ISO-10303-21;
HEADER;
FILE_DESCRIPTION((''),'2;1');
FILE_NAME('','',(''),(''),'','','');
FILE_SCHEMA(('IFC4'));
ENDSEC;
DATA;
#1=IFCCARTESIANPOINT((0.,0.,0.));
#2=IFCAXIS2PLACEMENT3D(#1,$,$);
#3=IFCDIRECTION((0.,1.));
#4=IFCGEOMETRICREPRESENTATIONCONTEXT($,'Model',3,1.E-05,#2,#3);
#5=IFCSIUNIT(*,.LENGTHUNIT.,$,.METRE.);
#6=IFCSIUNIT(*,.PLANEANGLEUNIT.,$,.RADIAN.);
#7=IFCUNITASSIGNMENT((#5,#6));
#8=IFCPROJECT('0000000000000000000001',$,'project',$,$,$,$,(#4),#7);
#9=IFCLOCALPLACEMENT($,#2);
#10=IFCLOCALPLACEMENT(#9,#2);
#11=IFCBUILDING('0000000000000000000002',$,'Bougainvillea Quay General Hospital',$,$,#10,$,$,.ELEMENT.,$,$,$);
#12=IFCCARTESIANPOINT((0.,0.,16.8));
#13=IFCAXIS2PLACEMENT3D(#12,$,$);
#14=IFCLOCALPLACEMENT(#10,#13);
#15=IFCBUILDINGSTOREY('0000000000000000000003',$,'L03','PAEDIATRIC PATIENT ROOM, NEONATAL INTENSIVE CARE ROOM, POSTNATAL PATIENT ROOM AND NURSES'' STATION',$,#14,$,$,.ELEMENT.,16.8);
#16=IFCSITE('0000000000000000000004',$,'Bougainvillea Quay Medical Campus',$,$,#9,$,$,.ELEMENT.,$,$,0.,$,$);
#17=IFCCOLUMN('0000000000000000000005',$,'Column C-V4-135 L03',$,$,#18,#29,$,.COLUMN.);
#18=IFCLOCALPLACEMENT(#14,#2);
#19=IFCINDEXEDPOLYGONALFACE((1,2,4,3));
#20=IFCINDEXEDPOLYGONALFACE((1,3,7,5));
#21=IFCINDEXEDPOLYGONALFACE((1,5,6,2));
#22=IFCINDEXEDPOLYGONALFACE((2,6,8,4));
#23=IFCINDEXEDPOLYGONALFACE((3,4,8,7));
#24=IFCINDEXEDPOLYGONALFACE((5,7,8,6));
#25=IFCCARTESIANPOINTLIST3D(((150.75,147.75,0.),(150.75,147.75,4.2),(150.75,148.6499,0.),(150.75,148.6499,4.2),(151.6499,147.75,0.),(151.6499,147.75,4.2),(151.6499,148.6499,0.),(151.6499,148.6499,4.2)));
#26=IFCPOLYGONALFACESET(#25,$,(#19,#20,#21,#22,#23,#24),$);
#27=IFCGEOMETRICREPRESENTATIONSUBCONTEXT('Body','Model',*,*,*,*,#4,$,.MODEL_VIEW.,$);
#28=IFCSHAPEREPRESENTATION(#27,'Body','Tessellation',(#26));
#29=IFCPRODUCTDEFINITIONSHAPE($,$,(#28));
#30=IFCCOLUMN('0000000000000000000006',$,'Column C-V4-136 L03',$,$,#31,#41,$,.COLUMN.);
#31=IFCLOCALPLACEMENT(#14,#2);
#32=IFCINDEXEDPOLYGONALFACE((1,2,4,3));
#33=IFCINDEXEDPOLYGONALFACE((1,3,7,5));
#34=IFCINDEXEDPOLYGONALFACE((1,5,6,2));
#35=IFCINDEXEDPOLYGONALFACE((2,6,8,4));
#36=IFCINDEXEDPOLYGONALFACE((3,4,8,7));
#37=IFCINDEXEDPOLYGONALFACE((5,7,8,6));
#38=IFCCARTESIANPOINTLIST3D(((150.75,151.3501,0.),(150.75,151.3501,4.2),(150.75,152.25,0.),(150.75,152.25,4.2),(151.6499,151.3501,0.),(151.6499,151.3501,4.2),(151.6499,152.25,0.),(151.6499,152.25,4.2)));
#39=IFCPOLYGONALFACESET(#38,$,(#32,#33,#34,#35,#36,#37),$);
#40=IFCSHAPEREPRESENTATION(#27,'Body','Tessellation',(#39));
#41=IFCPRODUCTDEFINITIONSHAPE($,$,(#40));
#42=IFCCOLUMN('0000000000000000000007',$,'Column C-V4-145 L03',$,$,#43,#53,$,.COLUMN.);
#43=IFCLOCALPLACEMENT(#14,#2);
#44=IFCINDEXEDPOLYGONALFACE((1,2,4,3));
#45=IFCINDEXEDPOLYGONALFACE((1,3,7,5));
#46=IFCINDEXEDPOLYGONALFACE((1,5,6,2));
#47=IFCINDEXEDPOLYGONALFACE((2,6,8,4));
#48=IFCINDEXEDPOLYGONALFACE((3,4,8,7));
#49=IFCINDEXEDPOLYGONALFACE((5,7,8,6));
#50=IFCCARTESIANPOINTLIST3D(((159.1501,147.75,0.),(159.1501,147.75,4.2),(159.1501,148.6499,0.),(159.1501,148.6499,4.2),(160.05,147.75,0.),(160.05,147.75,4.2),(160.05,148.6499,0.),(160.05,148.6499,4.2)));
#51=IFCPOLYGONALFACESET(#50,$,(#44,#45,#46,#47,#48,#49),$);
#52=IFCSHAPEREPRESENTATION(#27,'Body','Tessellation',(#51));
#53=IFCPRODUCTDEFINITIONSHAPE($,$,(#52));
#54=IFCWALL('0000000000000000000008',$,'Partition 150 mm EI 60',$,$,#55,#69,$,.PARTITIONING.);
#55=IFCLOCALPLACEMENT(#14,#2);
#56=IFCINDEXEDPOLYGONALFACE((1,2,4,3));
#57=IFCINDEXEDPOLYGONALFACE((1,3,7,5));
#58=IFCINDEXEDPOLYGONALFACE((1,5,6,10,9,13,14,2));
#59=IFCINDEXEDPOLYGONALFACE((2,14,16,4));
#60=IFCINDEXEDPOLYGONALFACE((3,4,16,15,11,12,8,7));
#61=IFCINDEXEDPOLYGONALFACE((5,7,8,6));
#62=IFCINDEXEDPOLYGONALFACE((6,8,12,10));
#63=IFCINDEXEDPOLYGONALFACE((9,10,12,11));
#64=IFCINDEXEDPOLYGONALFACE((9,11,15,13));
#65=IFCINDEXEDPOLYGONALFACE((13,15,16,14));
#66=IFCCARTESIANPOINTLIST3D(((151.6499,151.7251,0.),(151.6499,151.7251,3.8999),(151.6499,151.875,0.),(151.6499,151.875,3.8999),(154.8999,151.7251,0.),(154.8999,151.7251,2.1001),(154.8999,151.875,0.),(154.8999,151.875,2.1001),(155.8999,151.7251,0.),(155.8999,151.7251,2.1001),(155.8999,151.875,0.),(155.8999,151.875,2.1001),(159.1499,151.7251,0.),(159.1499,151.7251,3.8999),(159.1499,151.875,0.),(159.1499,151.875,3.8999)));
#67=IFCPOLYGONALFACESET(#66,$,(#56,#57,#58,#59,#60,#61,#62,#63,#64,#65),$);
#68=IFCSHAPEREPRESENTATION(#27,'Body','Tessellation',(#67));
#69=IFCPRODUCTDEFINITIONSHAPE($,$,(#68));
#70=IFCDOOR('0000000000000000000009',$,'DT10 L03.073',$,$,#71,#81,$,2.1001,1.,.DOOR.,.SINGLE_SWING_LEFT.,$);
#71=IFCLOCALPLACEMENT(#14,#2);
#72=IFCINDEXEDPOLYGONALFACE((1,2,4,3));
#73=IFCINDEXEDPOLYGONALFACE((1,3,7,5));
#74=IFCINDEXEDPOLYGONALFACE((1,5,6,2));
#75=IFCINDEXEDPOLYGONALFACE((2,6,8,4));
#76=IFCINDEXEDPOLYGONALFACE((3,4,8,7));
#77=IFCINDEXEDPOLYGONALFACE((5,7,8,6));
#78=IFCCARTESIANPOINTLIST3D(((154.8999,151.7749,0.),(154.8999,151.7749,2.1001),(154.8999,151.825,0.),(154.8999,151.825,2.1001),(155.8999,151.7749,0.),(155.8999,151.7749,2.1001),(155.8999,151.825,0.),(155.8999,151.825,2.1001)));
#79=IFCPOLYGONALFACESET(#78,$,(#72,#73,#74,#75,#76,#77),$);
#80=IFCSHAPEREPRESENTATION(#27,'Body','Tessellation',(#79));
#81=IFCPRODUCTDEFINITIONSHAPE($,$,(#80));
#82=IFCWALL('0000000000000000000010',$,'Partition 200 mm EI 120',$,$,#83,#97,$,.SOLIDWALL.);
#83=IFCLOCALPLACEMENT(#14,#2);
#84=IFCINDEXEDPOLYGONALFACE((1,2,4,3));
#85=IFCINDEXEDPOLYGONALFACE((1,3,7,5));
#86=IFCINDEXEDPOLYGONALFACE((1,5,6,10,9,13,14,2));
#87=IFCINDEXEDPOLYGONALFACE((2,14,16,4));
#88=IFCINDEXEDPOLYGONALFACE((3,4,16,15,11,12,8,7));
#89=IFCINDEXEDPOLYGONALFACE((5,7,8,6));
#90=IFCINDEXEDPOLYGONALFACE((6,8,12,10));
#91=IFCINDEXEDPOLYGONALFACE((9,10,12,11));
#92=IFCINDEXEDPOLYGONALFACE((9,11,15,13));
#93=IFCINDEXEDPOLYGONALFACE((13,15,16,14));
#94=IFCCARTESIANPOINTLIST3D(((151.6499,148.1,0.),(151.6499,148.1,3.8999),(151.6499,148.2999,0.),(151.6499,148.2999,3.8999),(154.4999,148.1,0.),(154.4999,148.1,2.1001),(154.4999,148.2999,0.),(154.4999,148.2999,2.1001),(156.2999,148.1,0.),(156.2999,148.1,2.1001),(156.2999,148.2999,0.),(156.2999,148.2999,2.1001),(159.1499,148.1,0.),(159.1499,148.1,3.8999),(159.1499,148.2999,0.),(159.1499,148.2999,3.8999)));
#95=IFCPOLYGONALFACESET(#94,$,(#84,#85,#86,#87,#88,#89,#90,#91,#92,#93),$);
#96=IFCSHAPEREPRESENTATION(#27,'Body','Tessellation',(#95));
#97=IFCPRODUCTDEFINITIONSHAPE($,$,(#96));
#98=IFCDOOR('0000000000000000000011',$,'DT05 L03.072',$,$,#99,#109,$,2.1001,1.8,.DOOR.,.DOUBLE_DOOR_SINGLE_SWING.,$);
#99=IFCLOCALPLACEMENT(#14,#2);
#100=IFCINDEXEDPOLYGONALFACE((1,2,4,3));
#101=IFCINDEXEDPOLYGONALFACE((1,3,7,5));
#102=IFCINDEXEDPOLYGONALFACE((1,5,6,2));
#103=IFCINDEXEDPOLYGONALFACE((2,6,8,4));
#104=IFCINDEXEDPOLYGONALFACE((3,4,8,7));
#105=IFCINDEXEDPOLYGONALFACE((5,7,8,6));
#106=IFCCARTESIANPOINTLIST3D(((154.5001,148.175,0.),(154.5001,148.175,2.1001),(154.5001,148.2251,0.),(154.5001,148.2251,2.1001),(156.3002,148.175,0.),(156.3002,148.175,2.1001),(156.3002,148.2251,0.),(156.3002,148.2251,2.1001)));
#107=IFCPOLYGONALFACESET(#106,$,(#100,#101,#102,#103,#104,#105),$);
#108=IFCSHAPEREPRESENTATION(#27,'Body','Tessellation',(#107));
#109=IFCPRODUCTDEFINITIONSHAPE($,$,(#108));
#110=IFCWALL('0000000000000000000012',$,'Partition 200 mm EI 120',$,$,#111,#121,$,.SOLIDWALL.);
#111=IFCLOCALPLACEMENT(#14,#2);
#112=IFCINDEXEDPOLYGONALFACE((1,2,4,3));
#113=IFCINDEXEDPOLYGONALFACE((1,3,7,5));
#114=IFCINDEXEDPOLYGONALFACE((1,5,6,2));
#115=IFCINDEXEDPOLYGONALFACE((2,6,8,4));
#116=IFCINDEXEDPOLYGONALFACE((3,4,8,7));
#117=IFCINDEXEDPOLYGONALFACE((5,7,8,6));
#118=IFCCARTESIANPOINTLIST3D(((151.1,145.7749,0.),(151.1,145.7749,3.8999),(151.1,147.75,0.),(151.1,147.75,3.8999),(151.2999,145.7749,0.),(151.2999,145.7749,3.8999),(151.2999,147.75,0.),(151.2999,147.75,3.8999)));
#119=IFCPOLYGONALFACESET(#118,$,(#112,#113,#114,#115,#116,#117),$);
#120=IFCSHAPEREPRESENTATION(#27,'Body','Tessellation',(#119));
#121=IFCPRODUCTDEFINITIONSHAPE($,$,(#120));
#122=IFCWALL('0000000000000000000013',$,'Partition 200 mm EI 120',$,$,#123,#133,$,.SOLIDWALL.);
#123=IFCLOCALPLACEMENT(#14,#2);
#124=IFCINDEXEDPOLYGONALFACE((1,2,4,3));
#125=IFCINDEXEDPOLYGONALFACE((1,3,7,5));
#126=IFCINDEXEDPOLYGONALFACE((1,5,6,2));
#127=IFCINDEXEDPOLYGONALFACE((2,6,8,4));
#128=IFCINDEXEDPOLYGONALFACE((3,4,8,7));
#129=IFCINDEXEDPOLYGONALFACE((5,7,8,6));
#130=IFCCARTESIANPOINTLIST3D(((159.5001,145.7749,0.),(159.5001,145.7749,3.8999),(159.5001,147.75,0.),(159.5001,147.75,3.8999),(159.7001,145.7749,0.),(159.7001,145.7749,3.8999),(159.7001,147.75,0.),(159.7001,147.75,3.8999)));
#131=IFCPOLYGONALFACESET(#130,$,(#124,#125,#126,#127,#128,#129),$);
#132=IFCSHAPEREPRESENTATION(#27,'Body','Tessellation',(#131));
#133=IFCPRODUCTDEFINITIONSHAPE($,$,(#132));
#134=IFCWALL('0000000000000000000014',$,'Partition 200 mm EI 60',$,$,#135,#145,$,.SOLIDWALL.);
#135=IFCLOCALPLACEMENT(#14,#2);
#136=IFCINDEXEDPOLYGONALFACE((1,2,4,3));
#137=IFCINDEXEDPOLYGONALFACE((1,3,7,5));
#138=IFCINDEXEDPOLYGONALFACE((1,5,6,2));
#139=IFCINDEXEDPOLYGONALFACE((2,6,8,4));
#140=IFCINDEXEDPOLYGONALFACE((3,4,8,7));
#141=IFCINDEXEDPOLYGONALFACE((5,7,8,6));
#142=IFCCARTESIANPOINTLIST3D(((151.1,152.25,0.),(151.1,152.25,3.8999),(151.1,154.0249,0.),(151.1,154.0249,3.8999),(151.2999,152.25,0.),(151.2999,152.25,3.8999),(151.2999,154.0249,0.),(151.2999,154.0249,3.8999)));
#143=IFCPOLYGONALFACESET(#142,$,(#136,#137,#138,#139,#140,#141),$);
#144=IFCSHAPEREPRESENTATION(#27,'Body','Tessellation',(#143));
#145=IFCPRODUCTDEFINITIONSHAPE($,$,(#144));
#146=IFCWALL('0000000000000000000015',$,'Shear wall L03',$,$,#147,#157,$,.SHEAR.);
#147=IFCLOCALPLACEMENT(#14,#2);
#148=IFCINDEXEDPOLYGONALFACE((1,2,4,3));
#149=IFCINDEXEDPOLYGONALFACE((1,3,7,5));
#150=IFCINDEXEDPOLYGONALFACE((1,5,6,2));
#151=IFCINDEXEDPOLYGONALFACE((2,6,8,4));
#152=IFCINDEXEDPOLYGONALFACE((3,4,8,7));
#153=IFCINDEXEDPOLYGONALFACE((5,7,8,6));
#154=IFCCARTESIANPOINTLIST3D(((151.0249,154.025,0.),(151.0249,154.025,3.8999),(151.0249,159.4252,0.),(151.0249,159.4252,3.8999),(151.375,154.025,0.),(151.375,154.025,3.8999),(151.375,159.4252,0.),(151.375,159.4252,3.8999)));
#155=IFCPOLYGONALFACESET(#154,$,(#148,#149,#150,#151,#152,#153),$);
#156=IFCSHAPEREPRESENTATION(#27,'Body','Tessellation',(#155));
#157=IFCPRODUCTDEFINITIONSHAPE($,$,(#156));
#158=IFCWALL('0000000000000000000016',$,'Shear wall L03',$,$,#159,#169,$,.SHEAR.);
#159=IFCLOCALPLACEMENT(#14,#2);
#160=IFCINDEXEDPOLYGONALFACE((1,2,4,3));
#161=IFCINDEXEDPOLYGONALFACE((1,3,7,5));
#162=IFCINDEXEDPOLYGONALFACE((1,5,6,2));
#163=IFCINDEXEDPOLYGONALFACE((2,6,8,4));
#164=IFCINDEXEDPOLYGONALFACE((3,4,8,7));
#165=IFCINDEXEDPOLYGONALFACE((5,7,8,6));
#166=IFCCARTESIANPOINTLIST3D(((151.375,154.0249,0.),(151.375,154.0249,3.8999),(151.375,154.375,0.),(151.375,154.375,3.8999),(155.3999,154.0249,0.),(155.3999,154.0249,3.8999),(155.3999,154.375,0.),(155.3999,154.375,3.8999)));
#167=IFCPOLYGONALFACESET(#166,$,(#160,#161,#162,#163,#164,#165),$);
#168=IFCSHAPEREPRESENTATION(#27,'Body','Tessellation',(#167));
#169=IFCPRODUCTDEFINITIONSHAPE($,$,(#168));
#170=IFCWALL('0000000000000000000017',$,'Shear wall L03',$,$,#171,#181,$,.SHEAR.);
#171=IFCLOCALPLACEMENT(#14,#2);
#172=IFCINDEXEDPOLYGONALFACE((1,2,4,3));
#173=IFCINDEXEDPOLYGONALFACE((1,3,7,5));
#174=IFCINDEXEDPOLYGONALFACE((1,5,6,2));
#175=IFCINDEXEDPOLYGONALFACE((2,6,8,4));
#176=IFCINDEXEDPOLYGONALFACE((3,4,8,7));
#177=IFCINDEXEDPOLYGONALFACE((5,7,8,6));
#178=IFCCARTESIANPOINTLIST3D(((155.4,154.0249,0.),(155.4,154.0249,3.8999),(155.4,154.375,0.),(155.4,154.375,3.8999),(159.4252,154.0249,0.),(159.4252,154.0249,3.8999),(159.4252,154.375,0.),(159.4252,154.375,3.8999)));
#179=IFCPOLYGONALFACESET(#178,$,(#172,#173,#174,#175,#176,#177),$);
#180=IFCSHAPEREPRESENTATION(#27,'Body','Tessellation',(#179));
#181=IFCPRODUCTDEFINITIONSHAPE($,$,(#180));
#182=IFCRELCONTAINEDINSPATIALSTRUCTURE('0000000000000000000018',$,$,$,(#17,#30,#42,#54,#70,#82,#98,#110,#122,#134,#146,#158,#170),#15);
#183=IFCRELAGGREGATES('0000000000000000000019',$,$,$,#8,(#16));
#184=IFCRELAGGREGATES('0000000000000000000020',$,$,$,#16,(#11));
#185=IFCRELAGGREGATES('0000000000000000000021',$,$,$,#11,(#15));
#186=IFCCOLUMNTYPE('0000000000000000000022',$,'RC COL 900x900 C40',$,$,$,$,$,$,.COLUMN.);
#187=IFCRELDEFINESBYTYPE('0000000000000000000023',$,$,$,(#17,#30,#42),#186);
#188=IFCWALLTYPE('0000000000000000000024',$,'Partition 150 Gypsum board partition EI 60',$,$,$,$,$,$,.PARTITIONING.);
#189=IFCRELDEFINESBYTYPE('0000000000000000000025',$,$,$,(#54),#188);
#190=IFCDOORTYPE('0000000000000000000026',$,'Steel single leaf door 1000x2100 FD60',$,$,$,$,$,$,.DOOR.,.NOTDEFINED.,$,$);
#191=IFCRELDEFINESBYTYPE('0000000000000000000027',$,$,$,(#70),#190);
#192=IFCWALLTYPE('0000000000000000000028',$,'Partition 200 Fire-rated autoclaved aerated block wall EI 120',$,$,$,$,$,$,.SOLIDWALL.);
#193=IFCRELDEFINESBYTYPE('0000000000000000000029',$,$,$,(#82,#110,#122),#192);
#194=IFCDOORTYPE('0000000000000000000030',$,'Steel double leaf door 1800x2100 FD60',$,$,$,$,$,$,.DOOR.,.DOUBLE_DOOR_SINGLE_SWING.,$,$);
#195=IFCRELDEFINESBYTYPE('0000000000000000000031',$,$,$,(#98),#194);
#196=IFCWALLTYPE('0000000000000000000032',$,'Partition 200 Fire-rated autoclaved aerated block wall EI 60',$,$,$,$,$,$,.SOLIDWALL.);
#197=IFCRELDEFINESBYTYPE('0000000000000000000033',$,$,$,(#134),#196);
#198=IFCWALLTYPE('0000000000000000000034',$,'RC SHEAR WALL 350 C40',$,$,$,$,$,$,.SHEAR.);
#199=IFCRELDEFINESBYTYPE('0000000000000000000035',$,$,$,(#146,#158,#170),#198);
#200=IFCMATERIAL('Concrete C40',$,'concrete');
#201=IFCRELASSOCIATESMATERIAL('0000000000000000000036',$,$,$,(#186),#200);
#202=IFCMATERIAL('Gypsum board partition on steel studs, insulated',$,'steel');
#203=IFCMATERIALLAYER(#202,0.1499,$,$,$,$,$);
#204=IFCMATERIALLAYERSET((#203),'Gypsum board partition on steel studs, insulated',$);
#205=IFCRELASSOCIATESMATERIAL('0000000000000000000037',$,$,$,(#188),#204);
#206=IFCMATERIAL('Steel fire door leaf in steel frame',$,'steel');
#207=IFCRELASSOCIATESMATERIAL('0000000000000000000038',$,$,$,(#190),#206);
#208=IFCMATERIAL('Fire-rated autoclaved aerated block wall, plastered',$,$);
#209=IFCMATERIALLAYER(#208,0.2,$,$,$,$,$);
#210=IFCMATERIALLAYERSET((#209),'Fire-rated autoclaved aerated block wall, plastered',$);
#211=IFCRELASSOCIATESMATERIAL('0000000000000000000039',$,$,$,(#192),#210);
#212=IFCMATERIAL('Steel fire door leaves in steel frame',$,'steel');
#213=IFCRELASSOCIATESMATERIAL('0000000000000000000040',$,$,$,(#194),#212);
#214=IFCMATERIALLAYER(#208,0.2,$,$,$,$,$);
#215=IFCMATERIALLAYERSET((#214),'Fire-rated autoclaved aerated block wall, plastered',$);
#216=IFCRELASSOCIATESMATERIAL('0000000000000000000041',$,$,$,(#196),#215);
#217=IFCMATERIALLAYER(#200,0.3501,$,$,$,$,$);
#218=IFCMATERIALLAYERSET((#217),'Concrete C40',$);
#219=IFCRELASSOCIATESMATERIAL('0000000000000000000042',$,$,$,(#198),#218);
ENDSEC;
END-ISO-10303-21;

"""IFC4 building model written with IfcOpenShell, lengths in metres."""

from ifc_helpers import new_model, si_unit, direction, frame, frame_2d, origin, origin_2d, place, context, subcontext, project, spatial, rectangle, extrude, material, layer, layer_set, material_profile, profile_set, type_object, element, fill, save


model = new_model("IFC4")

# Units and contexts
model_context = context("Model", 3, precision=1e-05, world=origin(), true_north=direction((0.0, 1.0)))
body_context = subcontext(model_context, "Body", "Model", "MODEL_VIEW")
ifc_project = project(units=[si_unit("LENGTHUNIT", "METRE"), si_unit("PLANEANGLEUNIT", "RADIAN")], contexts=[model_context])

# Site, building, storey
site_placement = place(None, origin())
site = spatial("IfcSite", under=ifc_project, at=site_placement, Name="Bougainvillea Quay Medical Campus", CompositionType="ELEMENT", RefElevation=0.0)
building_placement = place(site_placement, origin())
building = spatial("IfcBuilding", under=site, at=building_placement, Name="Bougainvillea Quay General Hospital", CompositionType="ELEMENT")
storey_placement = place(building_placement, frame((0.0, 0.0, 16.8)))
storey = spatial("IfcBuildingStorey", under=building, at=storey_placement, Name="L03", Description="PAEDIATRIC PATIENT ROOM, NEONATAL INTENSIVE CARE ROOM, POSTNATAL PATIENT ROOM AND NURSES' STATION", CompositionType="ELEMENT", Elevation=16.8)

# Columns
ifc_material_1 = material(Name="Concrete C40", Category="concrete")
ifc_material_profile_1 = material_profile(ifc_material_1, rectangle(XDim=0.8999, YDim=0.8999, at=origin_2d()))
ifc_profile_set_1 = profile_set([ifc_material_profile_1], Name="Concrete C40")
column_type = type_object("IfcColumnType", Name="RC COL 900x900 C40", PredefinedType="COLUMN", material=ifc_profile_set_1)
for number, where, z_axis, x_axis, name in (
    (1, (151.2, 148.2, 0.0), (0.0, 0.0, 1.0), (1.0, 0.0, 0.0), "Column C-V4-135 L03"),
    (2, (151.2, 151.8, 0.0), (0.0, 0.0, 1.0), (1.0, 0.0, 0.0), "Column C-V4-136 L03"),
    (3, (159.6001, 148.2, 0.0), (0.0, 0.0, 1.0), (1.0, 0.0, 0.0), "Column C-V4-145 L03"),
):
    element("IfcColumn", number, at=place(storey_placement, frame(where, z_axis=z_axis, x_axis=x_axis)), inside=storey, type_object=column_type, Name=name, PredefinedType="COLUMN", context=body_context, shape_type="SweptSolid", body=[
        extrude(rectangle(XDim=0.8999, YDim=0.8999, at=origin_2d()), origin(), (0.0, 0.0, 1.0), 4.2),
    ])

# Walls, openings, doors
ifc_material_2 = material(Name="Gypsum board partition on steel studs, insulated", Category="steel")
ifc_layer_1 = layer(ifc_material_2, 0.1499)
ifc_layer_set_1 = layer_set([ifc_layer_1], Name="Gypsum board partition on steel studs, insulated")
wall_type_1 = type_object("IfcWallType", Name="Partition 150 Gypsum board partition EI 60", PredefinedType="PARTITIONING", material=ifc_layer_set_1)
wall_1_placement = place(storey_placement, frame((151.6499, 151.8, 0.0), z_axis=(0.0, 0.0, 1.0), x_axis=(1.0, 0.0, 0.0)))
wall_1 = element("IfcWall", 4, at=wall_1_placement, inside=storey, type_object=wall_type_1, Name="Partition 150 mm EI 60", PredefinedType="PARTITIONING", context=body_context, shape_type="SweptSolid", body=[
    extrude(rectangle(XDim=7.5, YDim=0.1499, at=frame_2d((3.75, 0.0))), origin(), (0.0, 0.0, 1.0), 3.8999),
])
opening_1_placement = place(wall_1_placement, frame((3.25, 0.0, 0.0)))
opening_1 = element("IfcOpeningElement", 5, at=opening_1_placement, cuts=wall_1, PredefinedType="OPENING", context=body_context, shape_type="SweptSolid", body=[
    extrude(rectangle(XDim=1.0, YDim=2.1001, at=frame_2d((0.5, 1.05))), frame((0.0, 0.085, 0.0), z_axis=(0.0, -1.0, 0.0), x_axis=(1.0, 0.0, 0.0)), (0.0, 0.0, 1.0), 0.1699),
])
ifc_material_3 = material(Name="Steel fire door leaf in steel frame", Category="steel")
door_type_1 = type_object("IfcDoorType", Name="Steel single leaf door 1000x2100 FD60", OperationType="NOTDEFINED", PredefinedType="DOOR", material=ifc_material_3)
door_1_placement = place(opening_1_placement, origin())
door_1 = element("IfcDoor", 6, at=door_1_placement, inside=storey, type_object=door_type_1, Name="DT10 L03.073", OperationType="SINGLE_SWING_LEFT", OverallHeight=2.1001, OverallWidth=1.0, PredefinedType="DOOR", context=body_context, shape_type="SweptSolid", body=[
    extrude(rectangle(XDim=1.0, YDim=2.1001, at=frame_2d((0.5, 1.05))), frame((0.0, 0.0249, 0.0), z_axis=(0.0, -1.0, 0.0), x_axis=(1.0, 0.0, 0.0)), (0.0, 0.0, 1.0), 0.05),
])
fill(opening_1, door_1)
ifc_material_4 = material(Name="Fire-rated autoclaved aerated block wall, plastered")
ifc_layer_2 = layer(ifc_material_4, 0.2)
ifc_layer_set_2 = layer_set([ifc_layer_2], Name="Fire-rated autoclaved aerated block wall, plastered")
wall_type_2 = type_object("IfcWallType", Name="Partition 200 Fire-rated autoclaved aerated block wall EI 120", PredefinedType="SOLIDWALL", material=ifc_layer_set_2)
wall_2_placement = place(storey_placement, frame((151.6499, 148.2, 0.0), z_axis=(0.0, 0.0, 1.0), x_axis=(1.0, 0.0, 0.0)))
wall_2 = element("IfcWall", 7, at=wall_2_placement, inside=storey, type_object=wall_type_2, Name="Partition 200 mm EI 120", PredefinedType="SOLIDWALL", context=body_context, shape_type="SweptSolid", body=[
    extrude(rectangle(XDim=7.5, YDim=0.2, at=frame_2d((3.75, 0.0))), origin(), (0.0, 0.0, 1.0), 3.8999),
])
opening_2_placement = place(wall_2_placement, frame((2.8501, 0.0, 0.0)))
opening_2 = element("IfcOpeningElement", 8, at=opening_2_placement, cuts=wall_2, PredefinedType="OPENING", context=body_context, shape_type="SweptSolid", body=[
    extrude(rectangle(XDim=1.8, YDim=2.1001, at=frame_2d((0.8999, 1.05))), frame((0.0, 0.1099, 0.0), z_axis=(0.0, -1.0, 0.0), x_axis=(1.0, 0.0, 0.0)), (0.0, 0.0, 1.0), 0.22),
])
ifc_material_5 = material(Name="Steel fire door leaves in steel frame", Category="steel")
door_type_2 = type_object("IfcDoorType", Name="Steel double leaf door 1800x2100 FD60", OperationType="DOUBLE_DOOR_SINGLE_SWING", PredefinedType="DOOR", material=ifc_material_5)
door_2_placement = place(opening_2_placement, frame((1.8, 0.0, 0.0), z_axis=(0.0, 0.0, 1.0), x_axis=(-1.0, 0.0, 0.0)))
door_2 = element("IfcDoor", 9, at=door_2_placement, inside=storey, type_object=door_type_2, Name="DT05 L03.072", OperationType="DOUBLE_DOOR_SINGLE_SWING", OverallHeight=2.1001, OverallWidth=1.8, PredefinedType="DOOR", context=body_context, shape_type="SweptSolid", body=[
    extrude(rectangle(XDim=1.8, YDim=2.1001, at=frame_2d((0.8999, 1.05))), frame((0.0, 0.0249, 0.0), z_axis=(0.0, -1.0, 0.0), x_axis=(1.0, 0.0, 0.0)), (0.0, 0.0, 1.0), 0.05),
])
fill(opening_2, door_2)

# Walls
for number, where, z_axis, x_axis, name in (
    (10, (151.2, 145.7749, 0.0), (0.0, 0.0, 1.0), (0.0, 1.0, 0.0), "Partition 200 mm EI 120"),
    (11, (159.6001, 145.7749, 0.0), (0.0, 0.0, 1.0), (0.0, 1.0, 0.0), "Partition 200 mm EI 120"),
):
    element("IfcWall", number, at=place(storey_placement, frame(where, z_axis=z_axis, x_axis=x_axis)), inside=storey, type_object=wall_type_2, Name=name, PredefinedType="SOLIDWALL", context=body_context, shape_type="SweptSolid", body=[
        extrude(rectangle(XDim=1.9751, YDim=0.2, at=frame_2d((0.9875, 0.0))), origin(), (0.0, 0.0, 1.0), 3.8999),
    ])
ifc_layer_3 = layer(ifc_material_4, 0.2)
ifc_layer_set_3 = layer_set([ifc_layer_3], Name="Fire-rated autoclaved aerated block wall, plastered")
wall_type_3 = type_object("IfcWallType", Name="Partition 200 Fire-rated autoclaved aerated block wall EI 60", PredefinedType="SOLIDWALL", material=ifc_layer_set_3)
wall_3_placement = place(storey_placement, frame((151.2, 152.25, 0.0), z_axis=(0.0, 0.0, 1.0), x_axis=(0.0, 1.0, 0.0)))
element("IfcWall", 12, at=wall_3_placement, inside=storey, type_object=wall_type_3, Name="Partition 200 mm EI 60", PredefinedType="SOLIDWALL", context=body_context, shape_type="SweptSolid", body=[
    extrude(rectangle(XDim=1.7749, YDim=0.2, at=frame_2d((0.8875, 0.0))), origin(), (0.0, 0.0, 1.0), 3.8999),
])
ifc_layer_4 = layer(ifc_material_1, 0.3501)
ifc_layer_set_4 = layer_set([ifc_layer_4], Name="Concrete C40")
wall_type_4 = type_object("IfcWallType", Name="RC SHEAR WALL 350 C40", PredefinedType="SHEAR", material=ifc_layer_set_4)
wall_4_placement = place(storey_placement, frame((151.2, 154.0249, 0.0), z_axis=(0.0, 0.0, 1.0), x_axis=(0.0, 1.0, 0.0)))
element("IfcWall", 13, at=wall_4_placement, inside=storey, type_object=wall_type_4, Name="Shear wall L03", PredefinedType="SHEAR", context=body_context, shape_type="SweptSolid", body=[
    extrude(rectangle(XDim=5.4001, YDim=0.3501, at=frame_2d((2.7002, 0.0))), origin(), (0.0, 0.0, 1.0), 3.8999),
])
wall_5_placement = place(storey_placement, frame((151.375, 154.2, 0.0), z_axis=(0.0, 0.0, 1.0), x_axis=(1.0, 0.0, 0.0)))
element("IfcWall", 14, at=wall_5_placement, inside=storey, type_object=wall_type_4, Name="Shear wall L03", PredefinedType="SHEAR", context=body_context, shape_type="SweptSolid", body=[
    extrude(rectangle(XDim=4.0249, YDim=0.3501, at=frame_2d((2.0125, 0.0))), origin(), (0.0, 0.0, 1.0), 3.8999),
])
wall_6_placement = place(storey_placement, frame((155.3999, 154.2, 0.0), z_axis=(0.0, 0.0, 1.0), x_axis=(1.0, 0.0, 0.0)))
element("IfcWall", 15, at=wall_6_placement, inside=storey, type_object=wall_type_4, Name="Shear wall L03", PredefinedType="SHEAR", context=body_context, shape_type="SweptSolid", body=[
    extrude(rectangle(XDim=4.0251, YDim=0.3501, at=frame_2d((2.0127, 0.0))), origin(), (0.0, 0.0, 1.0), 3.8999),
])

save(model, "model.ifc")
